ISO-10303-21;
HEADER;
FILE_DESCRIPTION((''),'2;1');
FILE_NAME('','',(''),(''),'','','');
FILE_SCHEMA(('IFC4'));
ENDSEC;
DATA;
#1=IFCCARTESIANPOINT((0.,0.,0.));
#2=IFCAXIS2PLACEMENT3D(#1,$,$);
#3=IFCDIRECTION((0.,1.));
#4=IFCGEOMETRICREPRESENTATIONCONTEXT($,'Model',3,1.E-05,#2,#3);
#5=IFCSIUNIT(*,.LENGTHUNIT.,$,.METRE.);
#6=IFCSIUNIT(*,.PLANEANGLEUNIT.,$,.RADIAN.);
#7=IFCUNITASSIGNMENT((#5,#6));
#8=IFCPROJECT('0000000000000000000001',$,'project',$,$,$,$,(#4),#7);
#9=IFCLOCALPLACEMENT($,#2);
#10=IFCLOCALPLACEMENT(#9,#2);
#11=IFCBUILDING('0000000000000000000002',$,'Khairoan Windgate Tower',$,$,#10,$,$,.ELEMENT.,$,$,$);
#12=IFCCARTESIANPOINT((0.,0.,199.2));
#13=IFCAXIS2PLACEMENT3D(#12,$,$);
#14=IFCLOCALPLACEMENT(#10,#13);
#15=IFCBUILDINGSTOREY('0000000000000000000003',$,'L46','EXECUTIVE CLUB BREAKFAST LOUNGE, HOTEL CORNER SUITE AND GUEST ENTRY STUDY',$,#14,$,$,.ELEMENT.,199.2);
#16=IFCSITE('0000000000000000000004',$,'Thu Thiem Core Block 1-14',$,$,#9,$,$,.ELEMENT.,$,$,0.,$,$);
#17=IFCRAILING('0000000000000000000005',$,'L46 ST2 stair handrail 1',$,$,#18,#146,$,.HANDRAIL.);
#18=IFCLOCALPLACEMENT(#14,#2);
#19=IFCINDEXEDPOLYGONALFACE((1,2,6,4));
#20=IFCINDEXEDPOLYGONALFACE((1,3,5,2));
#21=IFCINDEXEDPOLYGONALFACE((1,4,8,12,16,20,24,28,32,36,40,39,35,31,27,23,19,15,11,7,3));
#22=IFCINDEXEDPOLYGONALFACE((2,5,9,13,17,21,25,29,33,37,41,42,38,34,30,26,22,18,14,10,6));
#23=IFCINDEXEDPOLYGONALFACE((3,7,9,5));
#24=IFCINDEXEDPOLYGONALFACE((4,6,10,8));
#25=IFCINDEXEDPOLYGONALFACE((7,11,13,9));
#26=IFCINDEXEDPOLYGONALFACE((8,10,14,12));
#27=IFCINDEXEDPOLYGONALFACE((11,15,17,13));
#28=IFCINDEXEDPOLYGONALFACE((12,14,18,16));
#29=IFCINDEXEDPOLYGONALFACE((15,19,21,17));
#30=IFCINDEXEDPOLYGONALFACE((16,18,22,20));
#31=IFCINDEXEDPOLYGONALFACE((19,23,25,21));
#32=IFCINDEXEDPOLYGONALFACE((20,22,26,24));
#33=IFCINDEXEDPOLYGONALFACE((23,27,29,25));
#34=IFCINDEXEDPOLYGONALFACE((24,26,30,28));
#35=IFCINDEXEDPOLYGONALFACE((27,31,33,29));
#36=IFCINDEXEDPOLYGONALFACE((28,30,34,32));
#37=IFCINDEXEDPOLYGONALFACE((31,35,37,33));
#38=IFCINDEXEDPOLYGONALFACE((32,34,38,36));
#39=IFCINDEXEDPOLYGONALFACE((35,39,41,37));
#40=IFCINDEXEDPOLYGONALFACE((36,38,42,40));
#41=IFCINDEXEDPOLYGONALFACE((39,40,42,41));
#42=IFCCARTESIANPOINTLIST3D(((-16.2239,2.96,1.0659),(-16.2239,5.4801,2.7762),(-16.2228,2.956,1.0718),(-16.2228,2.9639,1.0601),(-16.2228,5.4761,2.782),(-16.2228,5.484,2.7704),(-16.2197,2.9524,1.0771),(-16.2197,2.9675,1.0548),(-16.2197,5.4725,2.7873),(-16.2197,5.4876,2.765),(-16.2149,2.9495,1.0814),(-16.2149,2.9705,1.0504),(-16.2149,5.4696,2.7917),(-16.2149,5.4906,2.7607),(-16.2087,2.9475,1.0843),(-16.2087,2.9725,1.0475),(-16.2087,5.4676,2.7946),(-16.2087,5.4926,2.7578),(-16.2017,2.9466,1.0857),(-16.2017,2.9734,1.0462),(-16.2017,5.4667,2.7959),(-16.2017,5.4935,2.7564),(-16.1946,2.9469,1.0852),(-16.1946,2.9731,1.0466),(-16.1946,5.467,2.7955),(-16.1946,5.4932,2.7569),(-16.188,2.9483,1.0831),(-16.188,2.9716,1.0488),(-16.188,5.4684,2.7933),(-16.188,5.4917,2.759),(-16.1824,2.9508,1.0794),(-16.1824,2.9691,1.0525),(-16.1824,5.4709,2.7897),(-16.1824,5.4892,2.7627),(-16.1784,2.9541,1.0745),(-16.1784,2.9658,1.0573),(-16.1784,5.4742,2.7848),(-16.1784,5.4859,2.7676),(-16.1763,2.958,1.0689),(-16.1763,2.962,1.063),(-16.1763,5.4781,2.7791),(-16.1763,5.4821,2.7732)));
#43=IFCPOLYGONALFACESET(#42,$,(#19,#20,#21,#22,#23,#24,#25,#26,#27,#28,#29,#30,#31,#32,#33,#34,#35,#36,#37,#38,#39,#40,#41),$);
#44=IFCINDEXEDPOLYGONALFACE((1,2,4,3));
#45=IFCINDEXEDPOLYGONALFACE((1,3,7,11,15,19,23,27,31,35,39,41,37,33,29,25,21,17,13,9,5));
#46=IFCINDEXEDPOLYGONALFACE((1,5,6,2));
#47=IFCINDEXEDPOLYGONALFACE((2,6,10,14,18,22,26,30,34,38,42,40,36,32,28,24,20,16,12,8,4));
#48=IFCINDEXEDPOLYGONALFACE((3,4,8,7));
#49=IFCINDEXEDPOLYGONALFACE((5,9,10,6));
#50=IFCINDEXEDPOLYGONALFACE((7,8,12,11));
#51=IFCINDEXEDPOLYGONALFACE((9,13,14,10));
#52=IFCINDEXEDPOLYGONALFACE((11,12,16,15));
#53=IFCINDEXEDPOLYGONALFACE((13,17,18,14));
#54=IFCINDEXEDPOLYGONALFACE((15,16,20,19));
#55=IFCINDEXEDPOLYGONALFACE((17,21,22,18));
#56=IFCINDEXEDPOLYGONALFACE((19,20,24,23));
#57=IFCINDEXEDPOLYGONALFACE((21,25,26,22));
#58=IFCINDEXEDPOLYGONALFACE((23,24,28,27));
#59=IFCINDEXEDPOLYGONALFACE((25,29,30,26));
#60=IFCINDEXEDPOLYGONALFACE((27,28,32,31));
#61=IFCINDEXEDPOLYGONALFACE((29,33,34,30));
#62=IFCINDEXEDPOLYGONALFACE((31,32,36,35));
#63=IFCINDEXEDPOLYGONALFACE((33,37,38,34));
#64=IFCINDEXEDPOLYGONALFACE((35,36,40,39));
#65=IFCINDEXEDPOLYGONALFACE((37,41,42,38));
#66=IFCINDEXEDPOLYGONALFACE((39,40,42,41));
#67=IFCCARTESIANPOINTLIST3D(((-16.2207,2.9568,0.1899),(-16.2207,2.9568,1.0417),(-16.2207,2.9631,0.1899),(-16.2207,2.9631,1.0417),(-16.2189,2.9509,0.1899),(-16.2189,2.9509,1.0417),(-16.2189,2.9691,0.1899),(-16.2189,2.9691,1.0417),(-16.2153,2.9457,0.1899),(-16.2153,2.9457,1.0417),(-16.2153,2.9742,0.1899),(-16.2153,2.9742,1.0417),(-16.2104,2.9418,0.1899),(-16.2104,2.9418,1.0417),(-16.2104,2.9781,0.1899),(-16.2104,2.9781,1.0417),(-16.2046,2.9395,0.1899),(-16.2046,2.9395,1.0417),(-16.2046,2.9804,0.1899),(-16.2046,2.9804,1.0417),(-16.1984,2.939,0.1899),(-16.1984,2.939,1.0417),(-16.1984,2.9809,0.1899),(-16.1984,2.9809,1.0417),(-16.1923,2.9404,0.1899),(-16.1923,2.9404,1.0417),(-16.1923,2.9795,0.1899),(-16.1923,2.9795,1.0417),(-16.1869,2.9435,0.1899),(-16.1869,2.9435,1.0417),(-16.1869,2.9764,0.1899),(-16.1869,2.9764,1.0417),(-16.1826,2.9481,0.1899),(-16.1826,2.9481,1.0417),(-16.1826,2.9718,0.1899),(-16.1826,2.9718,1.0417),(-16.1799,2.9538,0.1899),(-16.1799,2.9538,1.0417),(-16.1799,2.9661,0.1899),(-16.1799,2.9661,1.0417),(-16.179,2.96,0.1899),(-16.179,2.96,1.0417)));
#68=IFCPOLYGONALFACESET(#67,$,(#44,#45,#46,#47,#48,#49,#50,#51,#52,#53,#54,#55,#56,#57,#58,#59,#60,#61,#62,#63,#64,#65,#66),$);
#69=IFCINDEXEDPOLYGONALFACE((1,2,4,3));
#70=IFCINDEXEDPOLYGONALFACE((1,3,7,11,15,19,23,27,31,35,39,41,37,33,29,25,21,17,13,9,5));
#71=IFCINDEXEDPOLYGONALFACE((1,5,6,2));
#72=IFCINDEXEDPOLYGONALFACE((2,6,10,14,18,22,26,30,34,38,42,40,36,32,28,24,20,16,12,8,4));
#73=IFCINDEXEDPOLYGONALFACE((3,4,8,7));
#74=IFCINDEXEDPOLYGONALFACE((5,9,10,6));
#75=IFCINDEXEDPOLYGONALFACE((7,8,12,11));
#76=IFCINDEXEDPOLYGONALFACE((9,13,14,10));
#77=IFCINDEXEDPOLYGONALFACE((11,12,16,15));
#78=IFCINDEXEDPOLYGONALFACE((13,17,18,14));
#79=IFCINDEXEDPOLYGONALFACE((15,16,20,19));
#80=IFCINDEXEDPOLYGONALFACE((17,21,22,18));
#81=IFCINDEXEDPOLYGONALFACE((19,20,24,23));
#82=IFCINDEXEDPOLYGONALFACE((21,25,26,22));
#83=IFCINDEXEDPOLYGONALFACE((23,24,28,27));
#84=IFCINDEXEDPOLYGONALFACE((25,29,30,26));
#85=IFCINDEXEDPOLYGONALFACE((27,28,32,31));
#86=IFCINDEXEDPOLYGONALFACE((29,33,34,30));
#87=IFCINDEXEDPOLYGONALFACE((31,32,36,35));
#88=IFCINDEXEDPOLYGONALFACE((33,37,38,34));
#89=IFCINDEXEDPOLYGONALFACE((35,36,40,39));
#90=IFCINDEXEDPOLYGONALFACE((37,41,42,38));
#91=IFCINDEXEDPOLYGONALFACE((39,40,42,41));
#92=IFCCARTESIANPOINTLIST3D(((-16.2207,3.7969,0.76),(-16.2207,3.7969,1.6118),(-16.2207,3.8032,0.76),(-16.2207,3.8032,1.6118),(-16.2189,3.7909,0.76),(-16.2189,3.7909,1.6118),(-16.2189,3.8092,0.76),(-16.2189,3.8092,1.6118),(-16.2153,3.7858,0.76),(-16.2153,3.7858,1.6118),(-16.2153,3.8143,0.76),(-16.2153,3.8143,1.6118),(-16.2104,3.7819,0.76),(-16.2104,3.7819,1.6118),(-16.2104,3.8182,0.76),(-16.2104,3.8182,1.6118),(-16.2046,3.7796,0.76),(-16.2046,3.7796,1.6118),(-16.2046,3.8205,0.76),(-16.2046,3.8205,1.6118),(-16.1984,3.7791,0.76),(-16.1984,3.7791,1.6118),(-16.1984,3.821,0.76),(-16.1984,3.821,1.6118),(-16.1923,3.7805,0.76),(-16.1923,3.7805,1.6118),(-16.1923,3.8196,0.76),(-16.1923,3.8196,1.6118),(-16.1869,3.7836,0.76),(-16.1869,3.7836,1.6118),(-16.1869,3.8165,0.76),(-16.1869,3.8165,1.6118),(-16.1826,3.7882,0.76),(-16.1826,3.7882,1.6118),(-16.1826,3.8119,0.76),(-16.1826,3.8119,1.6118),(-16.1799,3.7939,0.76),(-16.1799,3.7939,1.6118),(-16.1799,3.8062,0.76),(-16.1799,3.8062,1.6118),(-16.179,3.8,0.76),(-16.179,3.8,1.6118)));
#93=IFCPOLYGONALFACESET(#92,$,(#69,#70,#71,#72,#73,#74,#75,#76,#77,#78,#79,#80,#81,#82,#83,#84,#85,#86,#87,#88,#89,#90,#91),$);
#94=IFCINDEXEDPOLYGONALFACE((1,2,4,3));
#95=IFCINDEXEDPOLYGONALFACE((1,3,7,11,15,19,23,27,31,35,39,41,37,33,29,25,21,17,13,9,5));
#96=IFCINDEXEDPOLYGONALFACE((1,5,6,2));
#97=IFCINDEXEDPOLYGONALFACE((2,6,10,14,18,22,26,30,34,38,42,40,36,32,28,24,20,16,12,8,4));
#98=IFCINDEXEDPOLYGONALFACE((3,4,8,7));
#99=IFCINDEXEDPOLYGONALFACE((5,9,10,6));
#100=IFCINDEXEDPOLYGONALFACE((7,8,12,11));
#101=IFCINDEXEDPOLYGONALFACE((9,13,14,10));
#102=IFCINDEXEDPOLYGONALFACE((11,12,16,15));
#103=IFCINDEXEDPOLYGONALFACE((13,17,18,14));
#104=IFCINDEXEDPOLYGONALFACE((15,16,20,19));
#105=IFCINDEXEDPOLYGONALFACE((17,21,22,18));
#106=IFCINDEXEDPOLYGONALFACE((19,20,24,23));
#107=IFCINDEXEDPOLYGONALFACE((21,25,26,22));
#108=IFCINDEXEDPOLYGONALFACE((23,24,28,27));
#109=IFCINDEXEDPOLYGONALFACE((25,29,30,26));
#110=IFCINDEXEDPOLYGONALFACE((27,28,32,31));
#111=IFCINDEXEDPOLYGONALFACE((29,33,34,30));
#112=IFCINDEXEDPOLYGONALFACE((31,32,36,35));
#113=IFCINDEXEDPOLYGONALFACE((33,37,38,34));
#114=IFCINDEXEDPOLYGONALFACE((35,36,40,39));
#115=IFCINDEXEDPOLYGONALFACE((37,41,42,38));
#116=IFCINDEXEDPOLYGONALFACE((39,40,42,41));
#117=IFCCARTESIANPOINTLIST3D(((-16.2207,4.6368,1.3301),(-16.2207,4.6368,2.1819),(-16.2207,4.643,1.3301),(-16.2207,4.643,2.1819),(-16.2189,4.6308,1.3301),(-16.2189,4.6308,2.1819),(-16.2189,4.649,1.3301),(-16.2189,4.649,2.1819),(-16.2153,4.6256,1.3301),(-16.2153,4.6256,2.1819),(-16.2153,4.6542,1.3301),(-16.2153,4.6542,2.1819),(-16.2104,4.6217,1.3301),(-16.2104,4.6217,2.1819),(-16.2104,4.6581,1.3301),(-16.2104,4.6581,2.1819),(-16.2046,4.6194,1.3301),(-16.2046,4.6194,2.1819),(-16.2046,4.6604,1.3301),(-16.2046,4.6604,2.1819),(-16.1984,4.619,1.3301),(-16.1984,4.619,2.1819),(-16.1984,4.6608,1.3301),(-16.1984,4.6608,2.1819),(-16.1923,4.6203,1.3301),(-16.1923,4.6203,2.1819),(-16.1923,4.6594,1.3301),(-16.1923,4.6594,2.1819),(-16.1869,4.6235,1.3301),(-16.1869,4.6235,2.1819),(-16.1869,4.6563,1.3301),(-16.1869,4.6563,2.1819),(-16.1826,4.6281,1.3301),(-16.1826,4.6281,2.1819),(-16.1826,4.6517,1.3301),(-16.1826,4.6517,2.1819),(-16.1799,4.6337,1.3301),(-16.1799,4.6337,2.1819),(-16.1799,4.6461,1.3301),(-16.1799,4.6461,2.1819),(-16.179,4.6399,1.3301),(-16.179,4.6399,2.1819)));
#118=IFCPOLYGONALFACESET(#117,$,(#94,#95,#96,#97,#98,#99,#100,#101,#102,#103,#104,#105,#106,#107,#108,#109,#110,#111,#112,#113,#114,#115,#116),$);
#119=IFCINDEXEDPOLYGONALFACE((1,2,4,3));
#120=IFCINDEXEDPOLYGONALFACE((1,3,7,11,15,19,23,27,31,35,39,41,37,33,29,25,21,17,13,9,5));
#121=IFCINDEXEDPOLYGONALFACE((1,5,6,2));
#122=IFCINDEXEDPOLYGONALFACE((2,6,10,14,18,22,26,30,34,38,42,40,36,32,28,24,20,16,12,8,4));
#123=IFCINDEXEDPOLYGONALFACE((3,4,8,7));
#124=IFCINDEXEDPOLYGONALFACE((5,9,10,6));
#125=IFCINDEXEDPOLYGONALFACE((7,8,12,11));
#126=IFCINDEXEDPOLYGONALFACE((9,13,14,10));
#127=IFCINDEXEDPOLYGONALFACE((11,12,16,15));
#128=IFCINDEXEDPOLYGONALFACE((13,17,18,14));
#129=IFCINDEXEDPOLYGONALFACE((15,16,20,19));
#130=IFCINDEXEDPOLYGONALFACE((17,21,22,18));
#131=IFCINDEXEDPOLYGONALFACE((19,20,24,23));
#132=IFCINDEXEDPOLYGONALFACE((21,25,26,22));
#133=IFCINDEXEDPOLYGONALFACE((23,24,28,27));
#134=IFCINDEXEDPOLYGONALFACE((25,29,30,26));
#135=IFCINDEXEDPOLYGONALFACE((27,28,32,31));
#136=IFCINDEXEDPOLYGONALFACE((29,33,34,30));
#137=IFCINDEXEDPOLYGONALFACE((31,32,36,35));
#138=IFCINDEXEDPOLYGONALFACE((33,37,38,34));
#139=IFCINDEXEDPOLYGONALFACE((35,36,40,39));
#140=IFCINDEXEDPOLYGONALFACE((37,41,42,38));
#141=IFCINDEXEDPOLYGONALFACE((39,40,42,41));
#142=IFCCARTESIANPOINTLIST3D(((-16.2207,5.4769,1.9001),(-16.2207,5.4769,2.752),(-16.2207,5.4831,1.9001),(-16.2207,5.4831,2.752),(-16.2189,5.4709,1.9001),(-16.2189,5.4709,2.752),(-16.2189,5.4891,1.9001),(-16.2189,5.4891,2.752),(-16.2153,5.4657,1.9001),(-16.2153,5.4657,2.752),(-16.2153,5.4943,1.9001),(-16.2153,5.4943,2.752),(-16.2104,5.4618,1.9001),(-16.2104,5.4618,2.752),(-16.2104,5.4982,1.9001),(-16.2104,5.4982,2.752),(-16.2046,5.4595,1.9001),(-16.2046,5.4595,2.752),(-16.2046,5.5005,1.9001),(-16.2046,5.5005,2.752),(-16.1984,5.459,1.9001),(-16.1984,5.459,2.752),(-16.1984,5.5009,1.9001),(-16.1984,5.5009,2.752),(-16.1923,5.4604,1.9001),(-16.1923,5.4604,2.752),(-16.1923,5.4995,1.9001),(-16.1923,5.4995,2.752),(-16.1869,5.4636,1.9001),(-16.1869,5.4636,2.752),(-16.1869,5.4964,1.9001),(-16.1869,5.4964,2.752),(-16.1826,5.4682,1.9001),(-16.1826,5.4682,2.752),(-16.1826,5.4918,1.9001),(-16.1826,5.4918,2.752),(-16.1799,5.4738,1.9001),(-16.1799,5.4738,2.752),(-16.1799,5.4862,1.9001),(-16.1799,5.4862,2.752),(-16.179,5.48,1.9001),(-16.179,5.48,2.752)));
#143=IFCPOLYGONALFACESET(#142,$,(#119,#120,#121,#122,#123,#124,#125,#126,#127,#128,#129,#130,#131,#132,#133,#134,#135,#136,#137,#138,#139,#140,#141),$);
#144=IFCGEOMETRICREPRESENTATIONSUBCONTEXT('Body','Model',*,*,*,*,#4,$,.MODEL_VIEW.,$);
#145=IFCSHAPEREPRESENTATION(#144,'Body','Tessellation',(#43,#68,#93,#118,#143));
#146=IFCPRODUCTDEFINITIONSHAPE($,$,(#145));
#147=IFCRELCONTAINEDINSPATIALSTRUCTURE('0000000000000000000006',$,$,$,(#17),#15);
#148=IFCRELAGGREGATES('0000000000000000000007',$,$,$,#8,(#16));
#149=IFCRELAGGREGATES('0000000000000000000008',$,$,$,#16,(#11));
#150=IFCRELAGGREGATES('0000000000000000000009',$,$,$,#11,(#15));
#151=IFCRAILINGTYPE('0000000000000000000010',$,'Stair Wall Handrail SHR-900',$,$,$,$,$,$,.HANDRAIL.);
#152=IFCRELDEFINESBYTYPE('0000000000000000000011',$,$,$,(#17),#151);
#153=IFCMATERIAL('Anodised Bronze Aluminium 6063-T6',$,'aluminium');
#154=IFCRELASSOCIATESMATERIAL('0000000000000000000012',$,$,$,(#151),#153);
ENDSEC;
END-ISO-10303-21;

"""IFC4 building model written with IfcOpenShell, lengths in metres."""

from ifc_helpers import new_model, si_unit, direction, frame, origin, origin_2d, place, context, subcontext, project, spatial, circle, extrude, material, type_object, element, save


model = new_model("IFC4")

# Units and contexts
model_context = context("Model", 3, precision=1e-05, world=origin(), true_north=direction((0.0, 1.0)))
body_context = subcontext(model_context, "Body", "Model", "MODEL_VIEW")
ifc_project = project(units=[si_unit("LENGTHUNIT", "METRE"), si_unit("PLANEANGLEUNIT", "RADIAN")], contexts=[model_context])

# Site, building, storey
site_placement = place(None, origin())
site = spatial("IfcSite", under=ifc_project, at=site_placement, Name="Thu Thiem Core Block 1-14", CompositionType="ELEMENT", RefElevation=0.0)
building_placement = place(site_placement, origin())
building = spatial("IfcBuilding", under=site, at=building_placement, Name="Khairoan Windgate Tower", CompositionType="ELEMENT")
storey_placement = place(building_placement, frame((0.0, 0.0, 199.2)))
storey = spatial("IfcBuildingStorey", under=building, at=storey_placement, Name="L46", Description="EXECUTIVE CLUB BREAKFAST LOUNGE, HOTEL CORNER SUITE AND GUEST ENTRY STUDY", CompositionType="ELEMENT", Elevation=199.2)

# Railing
ifc_material_1 = material(Name="Anodised Bronze Aluminium 6063-T6", Category="aluminium")
railing_type_1 = type_object("IfcRailingType", Name="Stair Wall Handrail SHR-900", PredefinedType="HANDRAIL", material=ifc_material_1)
railing_1_placement = place(storey_placement, frame((-16.2, 2.96, 0.1899)))
element("IfcRailing", 1, at=railing_1_placement, inside=storey, type_object=railing_type_1, Name="L46 ST2 stair handrail 1", PredefinedType="HANDRAIL", context=body_context, shape_type="SweptSolid", body=[
    extrude(circle(Radius=0.0239, at=origin_2d()), frame((0.0, 0.0, 0.876), z_axis=(0.0, 0.827447, 0.561545), x_axis=(-1.0, 0.0, 0.0)), (0.0, 0.0, 1.0), 3.0457),
    extrude(circle(Radius=0.021, at=origin_2d()), origin(), (0.0, 0.0, 1.0), 0.8518),
    extrude(circle(Radius=0.021, at=origin_2d()), frame((0.0, 0.8401, 0.5701)), (0.0, 0.0, 1.0), 0.8518),
    extrude(circle(Radius=0.021, at=origin_2d()), frame((0.0, 1.6799, 1.1401)), (0.0, 0.0, 1.0), 0.8518),
    extrude(circle(Radius=0.021, at=origin_2d()), frame((0.0, 2.52, 1.7102)), (0.0, 0.0, 1.0), 0.8518),
])

save(model, "model.ifc")
